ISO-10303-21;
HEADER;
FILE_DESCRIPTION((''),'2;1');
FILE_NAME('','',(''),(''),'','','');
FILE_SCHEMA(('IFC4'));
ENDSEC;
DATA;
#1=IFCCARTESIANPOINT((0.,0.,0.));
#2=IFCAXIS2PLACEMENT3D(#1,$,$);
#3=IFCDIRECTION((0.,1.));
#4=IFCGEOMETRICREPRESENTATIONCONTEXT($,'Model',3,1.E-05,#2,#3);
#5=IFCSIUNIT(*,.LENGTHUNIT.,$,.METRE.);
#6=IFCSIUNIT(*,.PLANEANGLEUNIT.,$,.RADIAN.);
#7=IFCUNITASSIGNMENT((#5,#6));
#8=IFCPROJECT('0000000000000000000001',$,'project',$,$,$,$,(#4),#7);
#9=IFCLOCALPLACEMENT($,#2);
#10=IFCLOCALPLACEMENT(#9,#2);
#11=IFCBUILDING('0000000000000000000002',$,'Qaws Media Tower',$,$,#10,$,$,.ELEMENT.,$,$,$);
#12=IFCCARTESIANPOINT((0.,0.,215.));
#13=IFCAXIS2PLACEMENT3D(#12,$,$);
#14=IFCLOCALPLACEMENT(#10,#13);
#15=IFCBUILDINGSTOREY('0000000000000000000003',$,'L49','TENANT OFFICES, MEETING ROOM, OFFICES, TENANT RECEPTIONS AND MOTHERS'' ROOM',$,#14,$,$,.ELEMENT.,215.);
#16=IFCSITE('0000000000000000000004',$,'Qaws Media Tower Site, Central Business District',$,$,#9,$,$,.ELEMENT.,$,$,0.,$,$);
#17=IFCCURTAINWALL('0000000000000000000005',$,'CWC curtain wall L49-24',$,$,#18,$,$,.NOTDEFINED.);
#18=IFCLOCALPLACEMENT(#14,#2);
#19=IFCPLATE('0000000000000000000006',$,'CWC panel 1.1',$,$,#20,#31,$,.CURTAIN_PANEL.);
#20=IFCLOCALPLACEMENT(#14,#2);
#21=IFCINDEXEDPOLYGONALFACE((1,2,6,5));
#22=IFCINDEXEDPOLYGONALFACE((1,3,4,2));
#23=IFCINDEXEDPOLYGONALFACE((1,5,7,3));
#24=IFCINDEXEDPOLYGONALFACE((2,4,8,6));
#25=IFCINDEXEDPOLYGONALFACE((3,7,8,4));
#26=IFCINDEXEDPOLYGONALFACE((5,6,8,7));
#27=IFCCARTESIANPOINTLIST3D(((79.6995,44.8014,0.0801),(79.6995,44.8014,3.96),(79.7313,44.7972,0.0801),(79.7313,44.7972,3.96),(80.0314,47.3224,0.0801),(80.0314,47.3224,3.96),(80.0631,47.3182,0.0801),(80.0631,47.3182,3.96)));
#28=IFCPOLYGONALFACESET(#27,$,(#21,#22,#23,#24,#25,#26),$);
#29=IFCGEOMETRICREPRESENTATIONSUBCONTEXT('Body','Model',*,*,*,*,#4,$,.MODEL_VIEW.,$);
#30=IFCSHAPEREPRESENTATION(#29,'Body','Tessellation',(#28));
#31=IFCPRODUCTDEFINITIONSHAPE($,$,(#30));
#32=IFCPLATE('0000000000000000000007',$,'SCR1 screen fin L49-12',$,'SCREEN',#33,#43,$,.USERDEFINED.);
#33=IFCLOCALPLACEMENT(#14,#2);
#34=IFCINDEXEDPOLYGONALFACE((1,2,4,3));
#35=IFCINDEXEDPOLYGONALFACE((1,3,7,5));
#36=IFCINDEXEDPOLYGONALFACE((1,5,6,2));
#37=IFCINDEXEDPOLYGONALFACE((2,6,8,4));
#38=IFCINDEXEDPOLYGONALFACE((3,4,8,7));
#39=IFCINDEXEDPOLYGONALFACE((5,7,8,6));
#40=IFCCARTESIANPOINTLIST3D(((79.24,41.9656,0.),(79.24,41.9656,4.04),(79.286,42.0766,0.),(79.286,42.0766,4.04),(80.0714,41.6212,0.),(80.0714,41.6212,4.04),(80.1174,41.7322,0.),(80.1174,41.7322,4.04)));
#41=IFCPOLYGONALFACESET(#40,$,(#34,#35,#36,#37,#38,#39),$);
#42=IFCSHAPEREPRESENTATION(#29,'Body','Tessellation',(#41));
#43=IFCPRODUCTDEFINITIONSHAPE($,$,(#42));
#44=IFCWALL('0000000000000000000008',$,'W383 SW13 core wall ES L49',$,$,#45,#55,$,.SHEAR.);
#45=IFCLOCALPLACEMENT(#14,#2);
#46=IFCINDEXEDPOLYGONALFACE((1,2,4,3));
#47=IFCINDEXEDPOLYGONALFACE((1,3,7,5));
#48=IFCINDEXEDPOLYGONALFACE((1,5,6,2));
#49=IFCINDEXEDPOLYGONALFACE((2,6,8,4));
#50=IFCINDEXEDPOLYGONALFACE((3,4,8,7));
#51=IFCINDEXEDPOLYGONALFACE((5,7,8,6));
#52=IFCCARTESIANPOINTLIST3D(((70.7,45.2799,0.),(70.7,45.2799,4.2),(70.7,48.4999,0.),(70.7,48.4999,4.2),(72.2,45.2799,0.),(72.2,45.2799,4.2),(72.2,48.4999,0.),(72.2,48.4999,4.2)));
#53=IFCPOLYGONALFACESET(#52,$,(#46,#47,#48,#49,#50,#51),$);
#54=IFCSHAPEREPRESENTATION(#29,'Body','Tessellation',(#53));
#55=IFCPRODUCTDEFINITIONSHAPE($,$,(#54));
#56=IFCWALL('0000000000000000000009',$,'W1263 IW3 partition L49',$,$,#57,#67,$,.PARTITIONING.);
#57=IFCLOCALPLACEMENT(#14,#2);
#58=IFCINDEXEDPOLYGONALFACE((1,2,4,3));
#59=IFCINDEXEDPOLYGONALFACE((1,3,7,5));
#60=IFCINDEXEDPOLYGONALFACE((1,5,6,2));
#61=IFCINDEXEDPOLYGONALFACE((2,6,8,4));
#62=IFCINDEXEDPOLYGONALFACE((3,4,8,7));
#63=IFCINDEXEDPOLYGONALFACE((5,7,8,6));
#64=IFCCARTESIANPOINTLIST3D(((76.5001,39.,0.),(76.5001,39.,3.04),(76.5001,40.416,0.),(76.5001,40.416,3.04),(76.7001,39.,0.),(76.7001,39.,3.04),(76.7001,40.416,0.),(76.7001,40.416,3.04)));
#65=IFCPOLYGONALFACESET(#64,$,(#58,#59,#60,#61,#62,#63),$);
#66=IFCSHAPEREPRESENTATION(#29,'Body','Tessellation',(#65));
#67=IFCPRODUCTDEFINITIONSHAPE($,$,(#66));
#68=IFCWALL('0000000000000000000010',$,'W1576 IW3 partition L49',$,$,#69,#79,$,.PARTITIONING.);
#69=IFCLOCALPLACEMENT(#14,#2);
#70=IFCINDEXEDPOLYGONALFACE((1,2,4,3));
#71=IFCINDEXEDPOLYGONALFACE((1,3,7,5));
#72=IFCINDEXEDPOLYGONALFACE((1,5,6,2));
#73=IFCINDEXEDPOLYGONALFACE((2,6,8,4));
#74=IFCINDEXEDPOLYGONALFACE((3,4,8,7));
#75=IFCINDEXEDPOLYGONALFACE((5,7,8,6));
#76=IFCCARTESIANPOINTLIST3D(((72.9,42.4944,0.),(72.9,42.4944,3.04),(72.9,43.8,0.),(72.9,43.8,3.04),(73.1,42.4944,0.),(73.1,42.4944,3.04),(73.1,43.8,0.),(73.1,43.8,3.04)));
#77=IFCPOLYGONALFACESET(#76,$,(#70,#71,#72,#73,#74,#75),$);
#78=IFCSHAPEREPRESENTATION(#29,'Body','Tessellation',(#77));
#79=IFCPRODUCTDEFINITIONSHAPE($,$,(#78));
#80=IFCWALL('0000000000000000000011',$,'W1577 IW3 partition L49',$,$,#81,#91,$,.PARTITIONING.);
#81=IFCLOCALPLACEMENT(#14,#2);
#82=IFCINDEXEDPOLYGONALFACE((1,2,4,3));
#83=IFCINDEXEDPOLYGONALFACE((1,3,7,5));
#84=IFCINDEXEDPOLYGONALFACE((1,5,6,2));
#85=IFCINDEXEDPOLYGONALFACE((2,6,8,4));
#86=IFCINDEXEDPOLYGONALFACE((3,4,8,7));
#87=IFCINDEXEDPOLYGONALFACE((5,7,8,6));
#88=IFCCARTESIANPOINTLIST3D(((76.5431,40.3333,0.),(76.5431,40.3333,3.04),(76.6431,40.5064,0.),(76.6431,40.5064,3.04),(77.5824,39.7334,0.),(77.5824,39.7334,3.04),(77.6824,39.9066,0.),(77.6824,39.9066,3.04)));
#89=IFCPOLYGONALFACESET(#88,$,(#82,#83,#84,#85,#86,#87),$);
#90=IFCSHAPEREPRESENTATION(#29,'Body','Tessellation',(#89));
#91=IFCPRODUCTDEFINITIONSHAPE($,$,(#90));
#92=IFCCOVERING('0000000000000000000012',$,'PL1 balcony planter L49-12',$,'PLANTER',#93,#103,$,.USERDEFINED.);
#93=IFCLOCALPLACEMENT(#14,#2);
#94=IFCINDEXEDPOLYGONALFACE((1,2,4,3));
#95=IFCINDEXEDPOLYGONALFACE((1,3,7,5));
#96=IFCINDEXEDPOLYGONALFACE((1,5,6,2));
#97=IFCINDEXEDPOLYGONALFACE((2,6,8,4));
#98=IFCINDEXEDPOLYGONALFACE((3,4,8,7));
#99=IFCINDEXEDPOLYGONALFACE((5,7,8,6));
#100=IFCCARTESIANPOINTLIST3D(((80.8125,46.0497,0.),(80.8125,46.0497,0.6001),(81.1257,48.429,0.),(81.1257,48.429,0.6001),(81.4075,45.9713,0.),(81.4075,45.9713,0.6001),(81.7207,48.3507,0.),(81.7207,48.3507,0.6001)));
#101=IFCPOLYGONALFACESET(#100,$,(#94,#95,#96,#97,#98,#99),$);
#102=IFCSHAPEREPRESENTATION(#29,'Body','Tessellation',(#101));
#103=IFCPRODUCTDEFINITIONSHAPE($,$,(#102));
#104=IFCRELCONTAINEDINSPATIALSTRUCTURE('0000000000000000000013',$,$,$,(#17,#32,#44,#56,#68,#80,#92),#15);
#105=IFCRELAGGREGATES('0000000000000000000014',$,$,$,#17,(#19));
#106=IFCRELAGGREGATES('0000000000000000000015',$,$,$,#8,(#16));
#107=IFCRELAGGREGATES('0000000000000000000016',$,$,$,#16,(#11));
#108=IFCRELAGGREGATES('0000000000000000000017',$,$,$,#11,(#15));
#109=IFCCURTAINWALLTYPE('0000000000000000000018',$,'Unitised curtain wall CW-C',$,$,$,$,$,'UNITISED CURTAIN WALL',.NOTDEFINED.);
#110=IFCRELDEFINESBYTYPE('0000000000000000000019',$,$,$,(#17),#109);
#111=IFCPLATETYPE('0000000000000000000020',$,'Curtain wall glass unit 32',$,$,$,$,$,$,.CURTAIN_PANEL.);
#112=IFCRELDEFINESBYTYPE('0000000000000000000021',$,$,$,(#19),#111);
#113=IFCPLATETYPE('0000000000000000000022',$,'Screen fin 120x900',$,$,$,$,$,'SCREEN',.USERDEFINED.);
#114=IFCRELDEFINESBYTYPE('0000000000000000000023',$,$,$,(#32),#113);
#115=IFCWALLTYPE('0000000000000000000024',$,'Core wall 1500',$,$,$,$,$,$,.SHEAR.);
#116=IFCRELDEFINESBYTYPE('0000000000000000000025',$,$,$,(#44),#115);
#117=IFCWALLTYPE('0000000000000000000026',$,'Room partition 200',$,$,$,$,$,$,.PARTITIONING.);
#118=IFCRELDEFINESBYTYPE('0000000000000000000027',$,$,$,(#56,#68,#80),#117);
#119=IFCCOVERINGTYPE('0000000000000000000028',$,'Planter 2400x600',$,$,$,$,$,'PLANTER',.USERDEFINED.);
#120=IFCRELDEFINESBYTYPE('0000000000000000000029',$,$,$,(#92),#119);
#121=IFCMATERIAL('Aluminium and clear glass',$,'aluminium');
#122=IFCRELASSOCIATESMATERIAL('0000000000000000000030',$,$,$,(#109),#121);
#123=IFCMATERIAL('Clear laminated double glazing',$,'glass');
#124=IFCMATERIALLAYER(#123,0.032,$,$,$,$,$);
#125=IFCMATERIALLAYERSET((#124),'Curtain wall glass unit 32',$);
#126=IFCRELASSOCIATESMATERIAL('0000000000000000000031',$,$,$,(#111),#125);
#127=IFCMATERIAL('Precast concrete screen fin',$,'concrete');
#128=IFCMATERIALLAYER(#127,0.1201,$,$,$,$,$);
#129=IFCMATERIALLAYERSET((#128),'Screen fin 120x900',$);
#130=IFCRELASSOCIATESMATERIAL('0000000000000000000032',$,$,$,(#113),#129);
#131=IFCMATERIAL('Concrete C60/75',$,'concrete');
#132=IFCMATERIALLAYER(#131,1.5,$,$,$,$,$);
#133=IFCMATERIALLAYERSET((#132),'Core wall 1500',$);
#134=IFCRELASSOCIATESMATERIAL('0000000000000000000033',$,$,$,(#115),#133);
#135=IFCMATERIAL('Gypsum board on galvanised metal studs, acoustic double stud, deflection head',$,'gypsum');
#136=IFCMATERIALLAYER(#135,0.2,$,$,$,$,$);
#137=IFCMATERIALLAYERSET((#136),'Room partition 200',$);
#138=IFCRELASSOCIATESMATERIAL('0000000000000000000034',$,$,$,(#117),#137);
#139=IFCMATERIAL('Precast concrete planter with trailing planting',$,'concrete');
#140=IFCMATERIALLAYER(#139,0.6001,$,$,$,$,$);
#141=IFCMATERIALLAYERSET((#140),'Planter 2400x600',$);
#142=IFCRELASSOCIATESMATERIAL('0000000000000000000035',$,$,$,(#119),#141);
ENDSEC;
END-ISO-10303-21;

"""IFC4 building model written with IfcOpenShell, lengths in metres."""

from ifc_helpers import new_model, si_unit, direction, frame, frame_2d, origin, origin_2d, place, context, subcontext, project, spatial, rectangle, extrude, material, layer, layer_set, type_object, element, aggregate, save


model = new_model("IFC4")

# Units and contexts
model_context = context("Model", 3, precision=1e-05, world=origin(), true_north=direction((0.0, 1.0)))
body_context = subcontext(model_context, "Body", "Model", "MODEL_VIEW")
ifc_project = project(units=[si_unit("LENGTHUNIT", "METRE"), si_unit("PLANEANGLEUNIT", "RADIAN")], contexts=[model_context])

# Site, building, storey
site_placement = place(None, origin())
site = spatial("IfcSite", under=ifc_project, at=site_placement, Name="Qaws Media Tower Site, Central Business District", CompositionType="ELEMENT", RefElevation=0.0)
building_placement = place(site_placement, origin())
building = spatial("IfcBuilding", under=site, at=building_placement, Name="Qaws Media Tower", CompositionType="ELEMENT")
storey_placement = place(building_placement, frame((0.0, 0.0, 215.0)))
storey = spatial("IfcBuildingStorey", under=building, at=storey_placement, Name="L49", Description="TENANT OFFICES, MEETING ROOM, OFFICES, TENANT RECEPTIONS AND MOTHERS' ROOM", CompositionType="ELEMENT", Elevation=215.0)

# Curtain wall
ifc_material_1 = material(Name="Aluminium and clear glass", Category="aluminium")
curtain_wall_type = type_object("IfcCurtainWallType", Name="Unitised curtain wall CW-C", ElementType="UNITISED CURTAIN WALL", PredefinedType="NOTDEFINED", material=ifc_material_1)
curtain_wall_1_placement = place(storey_placement, origin())
curtain_wall_1 = element("IfcCurtainWall", 1, at=curtain_wall_1_placement, inside=storey, type_object=curtain_wall_type, Name="CWC curtain wall L49-24", PredefinedType="NOTDEFINED")

# Plates
ifc_material_2 = material(Name="Clear laminated double glazing", Category="glass")
ifc_layer_1 = layer(ifc_material_2, 0.032)
ifc_layer_set_1 = layer_set([ifc_layer_1], Name="Curtain wall glass unit 32")
plate_type_1 = type_object("IfcPlateType", Name="Curtain wall glass unit 32", PredefinedType="CURTAIN_PANEL", material=ifc_layer_set_1)
plate_1_placement = place(storey_placement, frame((79.8813, 46.0598, 0.0801), z_axis=(0.0, 0.0, 1.0), x_axis=(0.130526, 0.991445, 0.0)))
plate_1 = element("IfcPlate", 2, at=plate_1_placement, type_object=plate_type_1, Name="CWC panel 1.1", PredefinedType="CURTAIN_PANEL", context=body_context, shape_type="SweptSolid", body=[
    extrude(rectangle(XDim=2.5427, YDim=0.032, at=origin_2d()), origin(), (0.0, 0.0, 1.0), 3.8799),
])
aggregate(curtain_wall_1, [plate_1])
ifc_material_3 = material(Name="Precast concrete screen fin", Category="concrete")
ifc_layer_2 = layer(ifc_material_3, 0.1201)
ifc_layer_set_2 = layer_set([ifc_layer_2], Name="Screen fin 120x900")
plate_type_2 = type_object("IfcPlateType", Name="Screen fin 120x900", ElementType="SCREEN", PredefinedType="USERDEFINED", material=ifc_layer_set_2)
plate_2_placement = place(storey_placement, frame((79.6787, 41.8489, 0.0), z_axis=(0.0, 0.0, 1.0), x_axis=(0.92388, -0.382683, 0.0)))
element("IfcPlate", 3, at=plate_2_placement, inside=storey, type_object=plate_type_2, Name="SCR1 screen fin L49-12", ObjectType="SCREEN", PredefinedType="USERDEFINED", context=body_context, shape_type="SweptSolid", body=[
    extrude(rectangle(XDim=0.8999, YDim=0.1201, at=origin_2d()), origin(), (0.0, 0.0, 1.0), 4.04),
])

# Walls
ifc_material_4 = material(Name="Concrete C60/75", Category="concrete")
ifc_layer_3 = layer(ifc_material_4, 1.5)
ifc_layer_set_3 = layer_set([ifc_layer_3], Name="Core wall 1500")
wall_type_1 = type_object("IfcWallType", Name="Core wall 1500", PredefinedType="SHEAR", material=ifc_layer_set_3)
wall_1_placement = place(storey_placement, frame((71.45, 45.28, 0.0), z_axis=(0.0, 0.0, 1.0), x_axis=(0.0, 1.0, 0.0)))
element("IfcWall", 4, at=wall_1_placement, inside=storey, type_object=wall_type_1, Name="W383 SW13 core wall ES L49", PredefinedType="SHEAR", context=body_context, shape_type="SweptSolid", body=[
    extrude(rectangle(XDim=3.22, YDim=1.5, at=frame_2d((1.6099, 0.0))), origin(), (0.0, 0.0, 1.0), 4.2),
])
ifc_material_5 = material(Name="Gypsum board on galvanised metal studs, acoustic double stud, deflection head", Category="gypsum")
ifc_layer_4 = layer(ifc_material_5, 0.2)
ifc_layer_set_4 = layer_set([ifc_layer_4], Name="Room partition 200")
wall_type_2 = type_object("IfcWallType", Name="Room partition 200", PredefinedType="PARTITIONING", material=ifc_layer_set_4)
wall_2_placement = place(storey_placement, frame((76.6001, 40.416, 0.0), z_axis=(0.0, 0.0, 1.0), x_axis=(0.0, -1.0, 0.0)))
element("IfcWall", 5, at=wall_2_placement, inside=storey, type_object=wall_type_2, Name="W1263 IW3 partition L49", PredefinedType="PARTITIONING", context=body_context, shape_type="SweptSolid", body=[
    extrude(rectangle(XDim=1.416, YDim=0.2, at=frame_2d((0.708, 0.0))), origin(), (0.0, 0.0, 1.0), 3.04),
])
wall_3_placement = place(storey_placement, frame((73.0, 42.4944, 0.0), z_axis=(0.0, 0.0, 1.0), x_axis=(0.0, 1.0, 0.0)))
element("IfcWall", 6, at=wall_3_placement, inside=storey, type_object=wall_type_2, Name="W1576 IW3 partition L49", PredefinedType="PARTITIONING", context=body_context, shape_type="SweptSolid", body=[
    extrude(rectangle(XDim=1.3057, YDim=0.2, at=frame_2d((0.6528, 0.0))), origin(), (0.0, 0.0, 1.0), 3.04),
])
wall_4_placement = place(storey_placement, frame((76.593, 40.4199, 0.0), z_axis=(0.0, 0.0, 1.0), x_axis=(0.866094, -0.499881, 0.0)))
element("IfcWall", 7, at=wall_4_placement, inside=storey, type_object=wall_type_2, Name="W1577 IW3 partition L49", PredefinedType="PARTITIONING", context=body_context, shape_type="SweptSolid", body=[
    extrude(rectangle(XDim=1.2, YDim=0.2, at=frame_2d((0.6001, 0.0))), origin(), (0.0, 0.0, 1.0), 3.04),
])

# Covering
ifc_material_6 = material(Name="Precast concrete planter with trailing planting", Category="concrete")
ifc_layer_5 = layer(ifc_material_6, 0.6001)
ifc_layer_set_5 = layer_set([ifc_layer_5], Name="Planter 2400x600")
covering_type = type_object("IfcCoveringType", Name="Planter 2400x600", ElementType="PLANTER", PredefinedType="USERDEFINED", material=ifc_layer_set_5)
covering_placement = place(storey_placement, frame((81.2666, 47.2002, 0.0), z_axis=(0.0, 0.0, 1.0), x_axis=(0.130526, 0.991445, 0.0)))
element("IfcCovering", 8, at=covering_placement, inside=storey, type_object=covering_type, Name="PL1 balcony planter L49-12", ObjectType="PLANTER", PredefinedType="USERDEFINED", context=body_context, shape_type="SweptSolid", body=[
    extrude(rectangle(XDim=2.3999, YDim=0.6001, at=origin_2d()), origin(), (0.0, 0.0, 1.0), 0.6001),
])

save(model, "model.ifc")
